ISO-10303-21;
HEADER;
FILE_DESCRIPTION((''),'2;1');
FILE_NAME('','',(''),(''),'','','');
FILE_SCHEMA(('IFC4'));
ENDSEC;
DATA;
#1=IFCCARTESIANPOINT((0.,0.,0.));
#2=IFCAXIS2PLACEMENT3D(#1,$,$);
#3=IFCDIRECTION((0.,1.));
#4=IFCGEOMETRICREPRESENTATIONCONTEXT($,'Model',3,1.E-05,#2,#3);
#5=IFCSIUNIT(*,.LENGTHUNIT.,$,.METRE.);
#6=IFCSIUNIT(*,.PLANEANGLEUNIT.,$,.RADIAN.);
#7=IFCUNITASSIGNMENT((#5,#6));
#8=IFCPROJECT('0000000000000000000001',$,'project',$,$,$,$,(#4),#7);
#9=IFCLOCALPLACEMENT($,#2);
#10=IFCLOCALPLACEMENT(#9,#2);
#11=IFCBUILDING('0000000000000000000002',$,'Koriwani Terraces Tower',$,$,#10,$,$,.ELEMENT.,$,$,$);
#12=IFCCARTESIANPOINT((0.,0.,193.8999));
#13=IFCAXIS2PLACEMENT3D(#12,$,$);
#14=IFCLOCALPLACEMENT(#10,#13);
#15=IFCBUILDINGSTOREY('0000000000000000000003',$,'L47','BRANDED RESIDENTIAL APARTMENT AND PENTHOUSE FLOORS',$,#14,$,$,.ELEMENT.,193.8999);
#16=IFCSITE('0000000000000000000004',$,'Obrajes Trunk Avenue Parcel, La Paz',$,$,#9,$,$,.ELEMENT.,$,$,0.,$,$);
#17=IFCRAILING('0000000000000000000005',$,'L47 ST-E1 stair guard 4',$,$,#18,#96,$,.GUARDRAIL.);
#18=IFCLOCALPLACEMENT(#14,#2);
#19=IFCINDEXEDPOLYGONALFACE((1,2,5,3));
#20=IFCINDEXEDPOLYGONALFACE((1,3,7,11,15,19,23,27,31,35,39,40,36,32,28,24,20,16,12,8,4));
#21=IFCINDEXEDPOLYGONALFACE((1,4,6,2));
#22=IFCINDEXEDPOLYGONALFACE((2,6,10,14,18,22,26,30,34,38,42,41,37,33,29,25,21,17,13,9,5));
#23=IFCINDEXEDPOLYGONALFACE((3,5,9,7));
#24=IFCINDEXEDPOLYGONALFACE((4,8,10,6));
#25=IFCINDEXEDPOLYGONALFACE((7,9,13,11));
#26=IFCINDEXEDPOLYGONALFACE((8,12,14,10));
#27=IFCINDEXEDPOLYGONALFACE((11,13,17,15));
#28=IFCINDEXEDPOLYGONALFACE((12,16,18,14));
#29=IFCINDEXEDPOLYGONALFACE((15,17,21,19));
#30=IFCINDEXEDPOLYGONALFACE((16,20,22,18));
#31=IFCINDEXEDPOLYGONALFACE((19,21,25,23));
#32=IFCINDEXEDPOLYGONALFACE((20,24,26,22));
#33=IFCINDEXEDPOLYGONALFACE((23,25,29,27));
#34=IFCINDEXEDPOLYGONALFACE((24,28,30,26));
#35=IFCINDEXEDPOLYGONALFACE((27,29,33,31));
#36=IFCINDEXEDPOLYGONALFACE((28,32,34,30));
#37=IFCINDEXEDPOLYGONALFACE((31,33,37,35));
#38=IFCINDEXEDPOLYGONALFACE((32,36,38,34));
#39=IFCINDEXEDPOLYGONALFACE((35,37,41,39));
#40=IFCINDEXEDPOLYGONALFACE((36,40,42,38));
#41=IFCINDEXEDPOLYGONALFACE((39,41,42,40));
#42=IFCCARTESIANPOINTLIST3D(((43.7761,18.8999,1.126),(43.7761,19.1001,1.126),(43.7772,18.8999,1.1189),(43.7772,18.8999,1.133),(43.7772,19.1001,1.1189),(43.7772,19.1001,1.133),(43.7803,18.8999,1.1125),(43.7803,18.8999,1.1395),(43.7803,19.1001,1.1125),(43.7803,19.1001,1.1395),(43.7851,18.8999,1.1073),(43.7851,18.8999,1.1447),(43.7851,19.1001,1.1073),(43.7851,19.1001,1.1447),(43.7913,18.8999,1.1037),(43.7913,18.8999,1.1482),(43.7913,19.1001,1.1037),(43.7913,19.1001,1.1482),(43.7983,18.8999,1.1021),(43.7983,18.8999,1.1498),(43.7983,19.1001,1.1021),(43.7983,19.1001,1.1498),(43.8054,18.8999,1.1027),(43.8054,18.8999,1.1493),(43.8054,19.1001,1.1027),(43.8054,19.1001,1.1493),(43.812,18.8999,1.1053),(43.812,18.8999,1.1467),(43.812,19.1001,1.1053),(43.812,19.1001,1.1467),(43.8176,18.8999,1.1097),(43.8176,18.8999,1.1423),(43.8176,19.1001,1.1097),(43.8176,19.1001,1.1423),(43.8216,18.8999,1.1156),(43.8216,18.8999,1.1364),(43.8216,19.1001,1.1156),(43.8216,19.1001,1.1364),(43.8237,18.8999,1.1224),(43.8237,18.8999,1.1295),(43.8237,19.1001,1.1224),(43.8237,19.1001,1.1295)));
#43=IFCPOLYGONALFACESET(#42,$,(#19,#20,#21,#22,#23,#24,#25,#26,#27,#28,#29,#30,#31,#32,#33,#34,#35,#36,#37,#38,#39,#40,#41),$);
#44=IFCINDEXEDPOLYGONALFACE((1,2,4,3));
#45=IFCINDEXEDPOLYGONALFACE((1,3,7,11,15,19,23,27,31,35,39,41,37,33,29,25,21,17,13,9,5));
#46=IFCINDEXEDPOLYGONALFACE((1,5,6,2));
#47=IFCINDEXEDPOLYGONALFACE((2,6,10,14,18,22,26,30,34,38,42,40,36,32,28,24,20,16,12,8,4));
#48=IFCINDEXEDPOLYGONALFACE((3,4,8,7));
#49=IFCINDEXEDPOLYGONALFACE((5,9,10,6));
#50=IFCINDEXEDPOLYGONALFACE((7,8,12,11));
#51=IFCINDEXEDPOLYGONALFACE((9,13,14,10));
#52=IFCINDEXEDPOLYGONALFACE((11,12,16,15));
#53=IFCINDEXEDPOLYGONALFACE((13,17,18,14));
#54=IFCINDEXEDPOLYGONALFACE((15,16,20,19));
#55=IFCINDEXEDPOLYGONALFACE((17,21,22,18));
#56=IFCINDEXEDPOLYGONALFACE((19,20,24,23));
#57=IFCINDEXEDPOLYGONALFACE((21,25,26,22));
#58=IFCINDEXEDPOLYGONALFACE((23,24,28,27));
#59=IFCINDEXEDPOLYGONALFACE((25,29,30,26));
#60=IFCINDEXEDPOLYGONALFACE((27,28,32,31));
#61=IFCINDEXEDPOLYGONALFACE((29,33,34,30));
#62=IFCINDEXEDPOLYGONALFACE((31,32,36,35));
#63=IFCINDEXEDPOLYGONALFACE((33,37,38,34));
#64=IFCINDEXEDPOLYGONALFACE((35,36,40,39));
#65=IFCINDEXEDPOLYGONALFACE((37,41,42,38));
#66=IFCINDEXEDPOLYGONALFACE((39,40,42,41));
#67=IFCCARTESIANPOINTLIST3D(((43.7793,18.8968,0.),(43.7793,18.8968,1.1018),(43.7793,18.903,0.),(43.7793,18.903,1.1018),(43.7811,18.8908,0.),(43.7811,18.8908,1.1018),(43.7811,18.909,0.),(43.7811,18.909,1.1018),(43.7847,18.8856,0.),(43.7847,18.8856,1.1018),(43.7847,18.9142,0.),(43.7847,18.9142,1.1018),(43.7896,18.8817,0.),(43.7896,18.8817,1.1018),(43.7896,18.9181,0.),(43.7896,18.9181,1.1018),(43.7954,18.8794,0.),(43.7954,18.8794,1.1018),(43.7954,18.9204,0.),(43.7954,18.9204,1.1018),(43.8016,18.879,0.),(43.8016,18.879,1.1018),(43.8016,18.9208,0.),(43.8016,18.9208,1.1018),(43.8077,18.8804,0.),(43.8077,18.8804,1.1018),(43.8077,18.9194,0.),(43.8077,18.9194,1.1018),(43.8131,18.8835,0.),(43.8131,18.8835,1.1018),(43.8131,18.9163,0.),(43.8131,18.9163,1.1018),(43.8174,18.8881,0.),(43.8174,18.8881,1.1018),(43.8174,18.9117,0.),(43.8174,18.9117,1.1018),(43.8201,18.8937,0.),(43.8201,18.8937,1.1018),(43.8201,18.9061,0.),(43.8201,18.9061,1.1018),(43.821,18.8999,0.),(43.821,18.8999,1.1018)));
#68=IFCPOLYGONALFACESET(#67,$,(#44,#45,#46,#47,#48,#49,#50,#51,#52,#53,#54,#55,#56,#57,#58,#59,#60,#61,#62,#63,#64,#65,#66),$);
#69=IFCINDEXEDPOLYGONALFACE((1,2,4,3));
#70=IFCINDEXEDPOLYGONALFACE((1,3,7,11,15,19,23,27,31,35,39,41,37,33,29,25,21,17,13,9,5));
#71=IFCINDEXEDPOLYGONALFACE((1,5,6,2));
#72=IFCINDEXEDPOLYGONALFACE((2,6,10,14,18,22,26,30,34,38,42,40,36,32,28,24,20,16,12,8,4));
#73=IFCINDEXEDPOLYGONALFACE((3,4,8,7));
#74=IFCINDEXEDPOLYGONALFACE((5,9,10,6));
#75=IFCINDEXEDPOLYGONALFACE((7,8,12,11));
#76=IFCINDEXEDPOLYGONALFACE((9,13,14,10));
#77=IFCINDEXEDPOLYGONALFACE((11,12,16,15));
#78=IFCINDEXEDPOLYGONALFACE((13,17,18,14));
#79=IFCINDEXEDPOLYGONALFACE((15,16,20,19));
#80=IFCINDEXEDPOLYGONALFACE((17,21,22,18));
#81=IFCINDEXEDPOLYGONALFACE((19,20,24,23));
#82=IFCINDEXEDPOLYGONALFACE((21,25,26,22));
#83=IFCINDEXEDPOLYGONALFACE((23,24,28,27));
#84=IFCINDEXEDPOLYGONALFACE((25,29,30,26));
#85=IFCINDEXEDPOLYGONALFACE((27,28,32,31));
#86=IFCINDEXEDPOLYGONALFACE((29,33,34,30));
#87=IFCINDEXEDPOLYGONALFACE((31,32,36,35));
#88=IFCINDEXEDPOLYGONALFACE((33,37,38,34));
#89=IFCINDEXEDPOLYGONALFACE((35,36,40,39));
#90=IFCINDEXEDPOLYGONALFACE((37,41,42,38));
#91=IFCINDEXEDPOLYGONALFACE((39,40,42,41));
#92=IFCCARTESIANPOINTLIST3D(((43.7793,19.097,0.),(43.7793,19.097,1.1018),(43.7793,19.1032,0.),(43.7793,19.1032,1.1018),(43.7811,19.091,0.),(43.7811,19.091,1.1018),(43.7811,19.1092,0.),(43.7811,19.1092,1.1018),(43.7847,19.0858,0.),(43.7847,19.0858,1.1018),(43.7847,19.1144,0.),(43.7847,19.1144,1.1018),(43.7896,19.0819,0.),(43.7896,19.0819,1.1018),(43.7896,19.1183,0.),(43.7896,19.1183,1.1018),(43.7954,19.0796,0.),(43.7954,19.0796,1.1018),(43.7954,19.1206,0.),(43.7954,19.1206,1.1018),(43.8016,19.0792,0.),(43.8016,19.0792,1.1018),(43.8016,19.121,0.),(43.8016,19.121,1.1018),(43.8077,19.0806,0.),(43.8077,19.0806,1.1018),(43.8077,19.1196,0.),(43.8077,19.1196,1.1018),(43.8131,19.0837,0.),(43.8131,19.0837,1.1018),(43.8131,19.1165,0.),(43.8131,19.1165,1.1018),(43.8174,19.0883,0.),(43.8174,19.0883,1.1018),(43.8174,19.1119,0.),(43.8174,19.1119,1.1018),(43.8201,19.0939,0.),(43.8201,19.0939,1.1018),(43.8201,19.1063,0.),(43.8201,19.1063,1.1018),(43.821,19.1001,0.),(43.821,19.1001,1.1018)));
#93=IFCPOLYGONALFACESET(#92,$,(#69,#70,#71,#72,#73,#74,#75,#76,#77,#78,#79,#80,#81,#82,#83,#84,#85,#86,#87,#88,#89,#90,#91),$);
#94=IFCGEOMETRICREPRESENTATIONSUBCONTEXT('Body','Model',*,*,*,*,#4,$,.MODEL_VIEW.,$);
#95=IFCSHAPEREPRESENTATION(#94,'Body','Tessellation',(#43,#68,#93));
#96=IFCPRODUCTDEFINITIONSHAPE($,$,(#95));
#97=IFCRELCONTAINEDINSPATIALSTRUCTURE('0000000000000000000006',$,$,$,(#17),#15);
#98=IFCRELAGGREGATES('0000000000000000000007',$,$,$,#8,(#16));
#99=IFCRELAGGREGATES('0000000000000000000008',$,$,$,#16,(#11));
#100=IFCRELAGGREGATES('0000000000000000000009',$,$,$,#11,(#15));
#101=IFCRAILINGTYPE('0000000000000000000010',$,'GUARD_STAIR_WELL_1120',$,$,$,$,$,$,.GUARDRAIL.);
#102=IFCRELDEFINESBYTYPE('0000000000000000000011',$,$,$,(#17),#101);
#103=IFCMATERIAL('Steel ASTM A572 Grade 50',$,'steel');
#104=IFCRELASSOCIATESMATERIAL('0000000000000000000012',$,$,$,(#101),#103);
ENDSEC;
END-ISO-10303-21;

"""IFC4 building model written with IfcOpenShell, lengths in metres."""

from ifc_helpers import new_model, si_unit, direction, frame, origin, origin_2d, place, context, subcontext, project, spatial, circle, extrude, material, type_object, element, save


model = new_model("IFC4")

# Units and contexts
model_context = context("Model", 3, precision=1e-05, world=origin(), true_north=direction((0.0, 1.0)))
body_context = subcontext(model_context, "Body", "Model", "MODEL_VIEW")
ifc_project = project(units=[si_unit("LENGTHUNIT", "METRE"), si_unit("PLANEANGLEUNIT", "RADIAN")], contexts=[model_context])

# Site, building, storey
site_placement = place(None, origin())
site = spatial("IfcSite", under=ifc_project, at=site_placement, Name="Obrajes Trunk Avenue Parcel, La Paz", CompositionType="ELEMENT", RefElevation=0.0)
building_placement = place(site_placement, origin())
building = spatial("IfcBuilding", under=site, at=building_placement, Name="Koriwani Terraces Tower", CompositionType="ELEMENT")
storey_placement = place(building_placement, frame((0.0, 0.0, 193.8999)))
storey = spatial("IfcBuildingStorey", under=building, at=storey_placement, Name="L47", Description="BRANDED RESIDENTIAL APARTMENT AND PENTHOUSE FLOORS", CompositionType="ELEMENT", Elevation=193.8999)

# Shared definitions
ifc_material_1 = material(Name="Steel ASTM A572 Grade 50", Category="steel")

# Railing
railing_type_1 = type_object("IfcRailingType", Name="GUARD_STAIR_WELL_1120", PredefinedType="GUARDRAIL", material=ifc_material_1)
railing_1_placement = place(storey_placement, frame((43.8, 18.8999, 0.0)))
element("IfcRailing", 1, at=railing_1_placement, inside=storey, type_object=railing_type_1, Name="L47 ST-E1 stair guard 4", PredefinedType="GUARDRAIL", context=body_context, shape_type="SweptSolid", body=[
    extrude(circle(Radius=0.0239, at=origin_2d()), frame((0.0, 0.0, 1.126), z_axis=(0.0, 1.0, 0.0), x_axis=(-1.0, 0.0, 0.0)), (0.0, 0.0, 1.0), 0.2002),
    extrude(circle(Radius=0.021, at=origin_2d()), origin(), (0.0, 0.0, 1.0), 1.1018),
    extrude(circle(Radius=0.021, at=origin_2d()), frame((0.0, 0.2002, 0.0)), (0.0, 0.0, 1.0), 1.1018),
])

save(model, "model.ifc")
